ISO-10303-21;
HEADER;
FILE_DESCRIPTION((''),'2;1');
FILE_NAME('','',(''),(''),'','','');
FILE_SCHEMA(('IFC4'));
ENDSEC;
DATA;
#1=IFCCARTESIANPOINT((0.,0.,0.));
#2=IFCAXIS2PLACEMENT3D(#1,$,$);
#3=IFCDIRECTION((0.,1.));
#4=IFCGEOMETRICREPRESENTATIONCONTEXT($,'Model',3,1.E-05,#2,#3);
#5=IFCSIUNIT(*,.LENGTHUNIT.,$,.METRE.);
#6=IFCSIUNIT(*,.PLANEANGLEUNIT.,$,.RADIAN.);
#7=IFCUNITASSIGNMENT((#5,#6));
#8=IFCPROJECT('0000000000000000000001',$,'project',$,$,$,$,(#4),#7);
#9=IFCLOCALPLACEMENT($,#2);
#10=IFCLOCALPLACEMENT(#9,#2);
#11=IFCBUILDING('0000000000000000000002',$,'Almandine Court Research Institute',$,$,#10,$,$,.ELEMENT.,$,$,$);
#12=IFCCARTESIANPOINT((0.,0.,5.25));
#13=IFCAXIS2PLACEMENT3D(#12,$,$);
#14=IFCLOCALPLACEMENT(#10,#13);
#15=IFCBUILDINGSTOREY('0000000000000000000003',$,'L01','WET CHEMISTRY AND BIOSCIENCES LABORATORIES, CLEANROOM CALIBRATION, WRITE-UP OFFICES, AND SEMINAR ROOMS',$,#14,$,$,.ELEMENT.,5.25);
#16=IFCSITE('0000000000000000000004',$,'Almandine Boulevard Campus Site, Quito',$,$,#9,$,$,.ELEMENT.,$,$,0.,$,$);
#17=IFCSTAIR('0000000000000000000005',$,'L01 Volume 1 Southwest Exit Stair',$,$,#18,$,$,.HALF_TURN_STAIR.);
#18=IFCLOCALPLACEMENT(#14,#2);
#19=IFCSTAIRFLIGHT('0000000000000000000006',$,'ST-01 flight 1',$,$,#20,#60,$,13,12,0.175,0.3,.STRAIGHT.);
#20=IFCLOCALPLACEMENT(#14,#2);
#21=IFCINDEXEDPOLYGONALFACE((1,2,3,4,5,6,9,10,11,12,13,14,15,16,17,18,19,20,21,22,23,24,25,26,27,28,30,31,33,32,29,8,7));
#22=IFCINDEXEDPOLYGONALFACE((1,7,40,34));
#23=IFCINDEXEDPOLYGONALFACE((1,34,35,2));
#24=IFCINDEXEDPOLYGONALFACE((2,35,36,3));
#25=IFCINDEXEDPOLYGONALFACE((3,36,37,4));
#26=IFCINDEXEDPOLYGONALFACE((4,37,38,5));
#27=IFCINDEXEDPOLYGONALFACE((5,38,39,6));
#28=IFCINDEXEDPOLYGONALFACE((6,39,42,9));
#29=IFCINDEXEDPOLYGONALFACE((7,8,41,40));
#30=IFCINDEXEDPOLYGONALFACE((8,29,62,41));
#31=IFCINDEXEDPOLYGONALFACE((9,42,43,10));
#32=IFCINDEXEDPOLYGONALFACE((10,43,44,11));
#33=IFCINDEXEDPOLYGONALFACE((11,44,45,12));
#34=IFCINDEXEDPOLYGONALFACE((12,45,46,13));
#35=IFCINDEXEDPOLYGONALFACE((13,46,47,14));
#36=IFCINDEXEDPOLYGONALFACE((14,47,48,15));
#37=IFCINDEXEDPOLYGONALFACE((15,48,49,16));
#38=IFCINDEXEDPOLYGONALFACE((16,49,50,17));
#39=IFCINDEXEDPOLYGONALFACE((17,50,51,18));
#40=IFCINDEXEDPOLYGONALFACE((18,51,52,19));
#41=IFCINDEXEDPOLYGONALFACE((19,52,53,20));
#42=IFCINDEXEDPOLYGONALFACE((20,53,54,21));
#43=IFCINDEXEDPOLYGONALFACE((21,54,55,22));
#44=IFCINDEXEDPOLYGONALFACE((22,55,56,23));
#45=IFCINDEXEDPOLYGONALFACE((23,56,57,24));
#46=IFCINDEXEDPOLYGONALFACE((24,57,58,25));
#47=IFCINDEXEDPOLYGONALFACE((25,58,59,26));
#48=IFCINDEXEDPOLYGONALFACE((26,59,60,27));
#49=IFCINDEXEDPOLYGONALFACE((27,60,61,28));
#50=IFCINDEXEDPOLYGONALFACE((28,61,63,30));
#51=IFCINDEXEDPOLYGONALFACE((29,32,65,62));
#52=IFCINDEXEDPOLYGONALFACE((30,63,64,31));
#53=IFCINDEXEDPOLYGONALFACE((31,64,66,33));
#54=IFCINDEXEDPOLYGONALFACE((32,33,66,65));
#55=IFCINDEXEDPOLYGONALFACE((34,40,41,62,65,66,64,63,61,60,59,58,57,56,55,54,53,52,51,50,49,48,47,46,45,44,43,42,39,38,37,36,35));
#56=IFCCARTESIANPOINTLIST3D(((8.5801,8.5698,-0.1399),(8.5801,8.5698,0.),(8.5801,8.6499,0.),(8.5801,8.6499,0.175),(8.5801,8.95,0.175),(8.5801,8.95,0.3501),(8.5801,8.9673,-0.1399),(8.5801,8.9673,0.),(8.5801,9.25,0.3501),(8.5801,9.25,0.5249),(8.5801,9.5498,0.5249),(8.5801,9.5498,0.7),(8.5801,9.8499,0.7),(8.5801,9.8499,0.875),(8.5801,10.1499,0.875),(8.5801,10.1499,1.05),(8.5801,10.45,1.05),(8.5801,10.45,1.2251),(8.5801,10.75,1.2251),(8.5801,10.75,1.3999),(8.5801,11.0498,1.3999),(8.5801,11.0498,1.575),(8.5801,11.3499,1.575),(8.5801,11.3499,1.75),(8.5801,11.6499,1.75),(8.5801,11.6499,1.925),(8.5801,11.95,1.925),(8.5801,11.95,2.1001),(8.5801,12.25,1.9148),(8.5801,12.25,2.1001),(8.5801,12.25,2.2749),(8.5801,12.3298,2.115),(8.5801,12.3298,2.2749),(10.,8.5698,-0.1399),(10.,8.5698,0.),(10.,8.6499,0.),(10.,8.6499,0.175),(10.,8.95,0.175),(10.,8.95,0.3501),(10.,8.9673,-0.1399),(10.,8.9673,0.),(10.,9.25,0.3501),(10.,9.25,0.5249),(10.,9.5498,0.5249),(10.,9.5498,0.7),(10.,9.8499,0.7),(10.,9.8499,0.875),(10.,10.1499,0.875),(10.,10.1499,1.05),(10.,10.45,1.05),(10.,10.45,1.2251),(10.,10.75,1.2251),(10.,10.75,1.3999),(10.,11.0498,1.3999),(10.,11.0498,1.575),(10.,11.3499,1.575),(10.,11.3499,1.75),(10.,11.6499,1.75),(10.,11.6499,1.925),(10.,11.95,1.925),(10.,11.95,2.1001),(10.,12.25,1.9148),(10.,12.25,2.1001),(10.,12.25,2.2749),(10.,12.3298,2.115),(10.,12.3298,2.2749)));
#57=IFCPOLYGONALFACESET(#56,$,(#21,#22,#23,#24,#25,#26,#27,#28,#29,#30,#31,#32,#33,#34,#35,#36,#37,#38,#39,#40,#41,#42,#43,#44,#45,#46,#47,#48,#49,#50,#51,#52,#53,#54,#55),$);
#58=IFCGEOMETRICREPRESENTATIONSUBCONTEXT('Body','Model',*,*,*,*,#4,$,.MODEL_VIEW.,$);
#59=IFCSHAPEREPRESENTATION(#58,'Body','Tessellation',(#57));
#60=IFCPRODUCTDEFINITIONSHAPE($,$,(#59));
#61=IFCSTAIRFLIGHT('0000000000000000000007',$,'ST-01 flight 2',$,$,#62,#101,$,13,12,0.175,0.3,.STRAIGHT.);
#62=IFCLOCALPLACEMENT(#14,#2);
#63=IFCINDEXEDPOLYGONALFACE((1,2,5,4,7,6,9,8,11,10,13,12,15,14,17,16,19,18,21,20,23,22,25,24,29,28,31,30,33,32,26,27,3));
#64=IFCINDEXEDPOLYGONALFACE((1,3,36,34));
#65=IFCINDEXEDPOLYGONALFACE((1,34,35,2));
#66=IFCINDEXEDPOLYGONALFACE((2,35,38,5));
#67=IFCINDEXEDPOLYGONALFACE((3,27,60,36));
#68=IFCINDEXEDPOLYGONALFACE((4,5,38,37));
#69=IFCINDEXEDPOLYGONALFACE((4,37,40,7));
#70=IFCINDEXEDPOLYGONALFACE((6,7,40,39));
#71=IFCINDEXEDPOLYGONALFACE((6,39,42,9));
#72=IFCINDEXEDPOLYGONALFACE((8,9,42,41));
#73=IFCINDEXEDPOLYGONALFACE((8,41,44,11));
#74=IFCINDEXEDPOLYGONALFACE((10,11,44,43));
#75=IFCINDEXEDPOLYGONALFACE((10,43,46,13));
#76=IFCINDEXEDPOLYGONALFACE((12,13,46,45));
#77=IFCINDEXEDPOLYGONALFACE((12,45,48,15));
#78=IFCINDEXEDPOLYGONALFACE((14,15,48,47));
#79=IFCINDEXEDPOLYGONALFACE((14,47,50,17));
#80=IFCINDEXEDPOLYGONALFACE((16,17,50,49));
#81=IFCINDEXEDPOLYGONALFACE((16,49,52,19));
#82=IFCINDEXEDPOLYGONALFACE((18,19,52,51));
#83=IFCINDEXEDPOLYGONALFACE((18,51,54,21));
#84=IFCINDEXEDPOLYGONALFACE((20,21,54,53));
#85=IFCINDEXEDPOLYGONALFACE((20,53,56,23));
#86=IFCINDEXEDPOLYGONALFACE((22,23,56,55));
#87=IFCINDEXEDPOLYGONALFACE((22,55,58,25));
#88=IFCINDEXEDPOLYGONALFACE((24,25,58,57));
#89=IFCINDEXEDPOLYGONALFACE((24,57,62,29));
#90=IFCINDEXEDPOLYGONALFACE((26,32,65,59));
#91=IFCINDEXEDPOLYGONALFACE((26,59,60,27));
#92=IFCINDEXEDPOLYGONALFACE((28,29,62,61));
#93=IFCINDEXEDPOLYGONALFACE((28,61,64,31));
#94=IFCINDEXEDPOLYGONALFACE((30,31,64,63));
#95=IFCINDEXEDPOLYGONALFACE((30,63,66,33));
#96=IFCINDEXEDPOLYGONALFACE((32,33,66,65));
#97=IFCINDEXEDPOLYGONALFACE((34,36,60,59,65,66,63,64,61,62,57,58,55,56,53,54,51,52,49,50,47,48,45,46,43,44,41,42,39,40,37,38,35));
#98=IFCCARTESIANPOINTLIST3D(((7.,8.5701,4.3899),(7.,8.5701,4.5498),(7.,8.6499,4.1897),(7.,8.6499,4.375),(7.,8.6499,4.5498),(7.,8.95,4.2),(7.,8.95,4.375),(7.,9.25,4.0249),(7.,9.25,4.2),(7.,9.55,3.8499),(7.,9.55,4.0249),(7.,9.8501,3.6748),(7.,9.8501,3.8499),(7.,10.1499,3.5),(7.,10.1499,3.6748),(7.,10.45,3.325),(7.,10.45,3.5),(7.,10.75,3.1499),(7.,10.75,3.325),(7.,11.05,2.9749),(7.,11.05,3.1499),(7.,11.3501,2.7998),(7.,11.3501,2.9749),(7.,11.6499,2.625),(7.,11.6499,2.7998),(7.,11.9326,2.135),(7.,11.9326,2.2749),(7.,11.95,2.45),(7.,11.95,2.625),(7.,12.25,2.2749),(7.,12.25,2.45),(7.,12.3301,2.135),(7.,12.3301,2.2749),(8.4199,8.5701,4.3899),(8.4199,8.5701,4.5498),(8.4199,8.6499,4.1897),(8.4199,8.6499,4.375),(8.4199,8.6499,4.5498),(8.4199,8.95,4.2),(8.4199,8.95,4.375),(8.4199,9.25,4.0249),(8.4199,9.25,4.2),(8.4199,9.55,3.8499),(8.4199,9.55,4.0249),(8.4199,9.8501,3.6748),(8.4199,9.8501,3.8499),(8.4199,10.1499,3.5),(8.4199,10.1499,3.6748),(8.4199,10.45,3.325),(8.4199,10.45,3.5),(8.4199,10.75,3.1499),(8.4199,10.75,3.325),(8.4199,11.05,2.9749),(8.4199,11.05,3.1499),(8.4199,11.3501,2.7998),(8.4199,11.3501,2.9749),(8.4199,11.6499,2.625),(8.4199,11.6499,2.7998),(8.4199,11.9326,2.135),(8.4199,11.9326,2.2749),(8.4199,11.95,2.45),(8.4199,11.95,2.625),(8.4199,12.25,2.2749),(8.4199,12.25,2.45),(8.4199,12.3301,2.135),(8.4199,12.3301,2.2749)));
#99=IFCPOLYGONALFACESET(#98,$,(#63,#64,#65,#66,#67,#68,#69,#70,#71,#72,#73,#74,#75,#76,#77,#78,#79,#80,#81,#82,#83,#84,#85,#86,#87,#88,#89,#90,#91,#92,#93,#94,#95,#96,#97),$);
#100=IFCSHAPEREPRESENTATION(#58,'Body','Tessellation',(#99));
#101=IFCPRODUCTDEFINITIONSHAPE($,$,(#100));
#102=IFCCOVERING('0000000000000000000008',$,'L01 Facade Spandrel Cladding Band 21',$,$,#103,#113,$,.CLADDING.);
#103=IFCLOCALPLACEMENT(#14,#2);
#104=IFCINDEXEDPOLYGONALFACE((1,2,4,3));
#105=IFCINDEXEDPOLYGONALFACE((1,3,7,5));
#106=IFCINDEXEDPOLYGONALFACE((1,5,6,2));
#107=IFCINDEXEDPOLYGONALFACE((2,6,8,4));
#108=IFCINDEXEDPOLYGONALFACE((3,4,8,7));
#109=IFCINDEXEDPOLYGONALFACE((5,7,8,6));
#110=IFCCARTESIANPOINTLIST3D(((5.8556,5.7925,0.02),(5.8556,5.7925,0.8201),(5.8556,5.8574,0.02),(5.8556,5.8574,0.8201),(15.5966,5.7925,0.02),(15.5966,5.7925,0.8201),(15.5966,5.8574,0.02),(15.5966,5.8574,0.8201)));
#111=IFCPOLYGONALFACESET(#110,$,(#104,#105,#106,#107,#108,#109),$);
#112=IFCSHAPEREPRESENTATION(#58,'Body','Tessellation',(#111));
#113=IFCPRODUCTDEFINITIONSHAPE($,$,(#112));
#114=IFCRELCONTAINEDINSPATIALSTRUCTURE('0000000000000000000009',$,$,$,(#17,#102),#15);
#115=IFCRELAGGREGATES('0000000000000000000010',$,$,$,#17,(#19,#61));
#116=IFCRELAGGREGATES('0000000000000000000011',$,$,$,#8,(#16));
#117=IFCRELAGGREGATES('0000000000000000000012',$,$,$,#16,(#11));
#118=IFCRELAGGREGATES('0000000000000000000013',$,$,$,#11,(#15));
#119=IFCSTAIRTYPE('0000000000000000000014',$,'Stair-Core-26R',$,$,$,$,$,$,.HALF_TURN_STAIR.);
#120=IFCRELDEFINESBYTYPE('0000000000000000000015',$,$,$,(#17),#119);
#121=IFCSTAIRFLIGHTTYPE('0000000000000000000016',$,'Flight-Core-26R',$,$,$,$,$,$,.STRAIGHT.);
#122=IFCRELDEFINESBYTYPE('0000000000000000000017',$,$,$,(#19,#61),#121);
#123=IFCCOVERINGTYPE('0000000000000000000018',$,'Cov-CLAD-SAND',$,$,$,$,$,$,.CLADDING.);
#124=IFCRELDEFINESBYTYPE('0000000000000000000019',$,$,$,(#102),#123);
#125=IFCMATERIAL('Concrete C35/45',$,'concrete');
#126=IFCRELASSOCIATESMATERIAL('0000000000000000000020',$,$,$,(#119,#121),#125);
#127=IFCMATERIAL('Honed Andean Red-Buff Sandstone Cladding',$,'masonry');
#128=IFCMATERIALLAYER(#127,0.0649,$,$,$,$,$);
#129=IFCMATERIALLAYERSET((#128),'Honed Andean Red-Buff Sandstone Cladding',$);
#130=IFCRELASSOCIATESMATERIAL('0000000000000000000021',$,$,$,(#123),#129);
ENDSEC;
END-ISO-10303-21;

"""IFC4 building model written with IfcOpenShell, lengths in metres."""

from ifc_helpers import new_model, si_unit, direction, frame, origin, origin_2d, place, context, subcontext, project, spatial, polyline, rectangle, outline, extrude, material, layer, layer_set, type_object, element, aggregate, save


model = new_model("IFC4")

# Units and contexts
model_context = context("Model", 3, precision=1e-05, world=origin(), true_north=direction((0.0, 1.0)))
body_context = subcontext(model_context, "Body", "Model", "MODEL_VIEW")
ifc_project = project(units=[si_unit("LENGTHUNIT", "METRE"), si_unit("PLANEANGLEUNIT", "RADIAN")], contexts=[model_context])

# Site, building, storey
site_placement = place(None, origin())
site = spatial("IfcSite", under=ifc_project, at=site_placement, Name="Almandine Boulevard Campus Site, Quito", CompositionType="ELEMENT", RefElevation=0.0)
building_placement = place(site_placement, origin())
building = spatial("IfcBuilding", under=site, at=building_placement, Name="Almandine Court Research Institute", CompositionType="ELEMENT")
storey_placement = place(building_placement, frame((0.0, 0.0, 5.25)))
storey = spatial("IfcBuildingStorey", under=building, at=storey_placement, Name="L01", Description="WET CHEMISTRY AND BIOSCIENCES LABORATORIES, CLEANROOM CALIBRATION, WRITE-UP OFFICES, AND SEMINAR ROOMS", CompositionType="ELEMENT", Elevation=5.25)

# Stair, stair flights
ifc_material_1 = material(Name="Concrete C35/45", Category="concrete")
stair_type = type_object("IfcStairType", Name="Stair-Core-26R", PredefinedType="HALF_TURN_STAIR", material=ifc_material_1)
stair_placement = place(storey_placement, origin())
stair = element("IfcStair", 1, at=stair_placement, inside=storey, type_object=stair_type, Name="L01 Volume 1 Southwest Exit Stair", PredefinedType="HALF_TURN_STAIR")
stair_flight_type = type_object("IfcStairFlightType", Name="Flight-Core-26R", PredefinedType="STRAIGHT", material=ifc_material_1)
stair_flight_1_placement = place(storey_placement, frame((9.29, 8.6499, 0.0), z_axis=(0.0, 0.0, 1.0), x_axis=(0.0, 1.0, 0.0)))
stair_flight_1 = element("IfcStairFlight", 2, at=stair_flight_1_placement, type_object=stair_flight_type, Name="ST-01 flight 1", NumberOfRisers=13, NumberOfTreads=12, PredefinedType="STRAIGHT", RiserHeight=0.175, TreadLength=0.3, context=body_context, shape_type="SweptSolid", body=[
    extrude(outline(polyline([(-0.0801, -0.1399), (-0.0801, 0.0), (0.0, 0.0), (0.0, 0.175), (0.3, 0.175), (0.3, 0.3501), (0.6001, 0.3501), (0.6001, 0.5249), (0.8999, 0.5249), (0.8999, 0.7), (1.2, 0.7), (1.2, 0.875), (1.5, 0.875), (1.5, 1.05), (1.8, 1.05), (1.8, 1.2251), (2.1001, 1.2251), (2.1001, 1.3999), (2.3999, 1.3999), (2.3999, 1.575), (2.7, 1.575), (2.7, 1.75), (3.0, 1.75), (3.0, 1.925), (3.3, 1.925), (3.3, 2.1001), (3.6001, 2.1001), (3.6001, 2.2749), (3.6799, 2.2749), (3.6799, 2.115), (3.6001, 1.9148), (0.3174, 0.0), (0.3174, -0.1399), (-0.0801, -0.1399)])), frame((0.0, 0.71, 0.0), z_axis=(0.0, -1.0, 0.0), x_axis=(1.0, 0.0, 0.0)), (0.0, 0.0, 1.0), 1.4199),
])
stair_flight_2_placement = place(storey_placement, frame((7.71, 12.25, 2.2749), z_axis=(0.0, 0.0, 1.0), x_axis=(0.0, -1.0, 0.0)))
stair_flight_2 = element("IfcStairFlight", 3, at=stair_flight_2_placement, type_object=stair_flight_type, Name="ST-01 flight 2", NumberOfRisers=13, NumberOfTreads=12, PredefinedType="STRAIGHT", RiserHeight=0.175, TreadLength=0.3, context=body_context, shape_type="SweptSolid", body=[
    extrude(outline(polyline([(-0.0801, -0.1399), (-0.0801, 0.0), (0.0, 0.0), (0.0, 0.175), (0.3, 0.175), (0.3, 0.3501), (0.6001, 0.3501), (0.6001, 0.5249), (0.8999, 0.5249), (0.8999, 0.7), (1.2, 0.7), (1.2, 0.875), (1.5, 0.875), (1.5, 1.05), (1.8, 1.05), (1.8, 1.2251), (2.1001, 1.2251), (2.1001, 1.3999), (2.3999, 1.3999), (2.3999, 1.575), (2.7, 1.575), (2.7, 1.75), (3.0, 1.75), (3.0, 1.925), (3.3, 1.925), (3.3, 2.1001), (3.6001, 2.1001), (3.6001, 2.2749), (3.6799, 2.2749), (3.6799, 2.115), (3.6001, 1.9148), (0.3174, 0.0), (0.3174, -0.1399), (-0.0801, -0.1399)])), frame((0.0, 0.71, 0.0), z_axis=(0.0, -1.0, 0.0), x_axis=(1.0, 0.0, 0.0)), (0.0, 0.0, 1.0), 1.4199),
])
aggregate(stair, [stair_flight_1, stair_flight_2])

# Covering
ifc_material_2 = material(Name="Honed Andean Red-Buff Sandstone Cladding", Category="masonry")
ifc_layer_1 = layer(ifc_material_2, 0.0649)
ifc_layer_set_1 = layer_set([ifc_layer_1], Name="Honed Andean Red-Buff Sandstone Cladding")
covering_type = type_object("IfcCoveringType", Name="Cov-CLAD-SAND", PredefinedType="CLADDING", material=ifc_layer_set_1)
covering_placement = place(storey_placement, frame((10.7261, 5.825, 0.02), z_axis=(0.0, 0.0, 1.0), x_axis=(-1.0, 0.0, 0.0)))
element("IfcCovering", 4, at=covering_placement, inside=storey, type_object=covering_type, Name="L01 Facade Spandrel Cladding Band 21", PredefinedType="CLADDING", context=body_context, shape_type="SweptSolid", body=[
    extrude(rectangle(XDim=9.741, YDim=0.0649, at=origin_2d()), origin(), (0.0, 0.0, 1.0), 0.8),
])

save(model, "model.ifc")
